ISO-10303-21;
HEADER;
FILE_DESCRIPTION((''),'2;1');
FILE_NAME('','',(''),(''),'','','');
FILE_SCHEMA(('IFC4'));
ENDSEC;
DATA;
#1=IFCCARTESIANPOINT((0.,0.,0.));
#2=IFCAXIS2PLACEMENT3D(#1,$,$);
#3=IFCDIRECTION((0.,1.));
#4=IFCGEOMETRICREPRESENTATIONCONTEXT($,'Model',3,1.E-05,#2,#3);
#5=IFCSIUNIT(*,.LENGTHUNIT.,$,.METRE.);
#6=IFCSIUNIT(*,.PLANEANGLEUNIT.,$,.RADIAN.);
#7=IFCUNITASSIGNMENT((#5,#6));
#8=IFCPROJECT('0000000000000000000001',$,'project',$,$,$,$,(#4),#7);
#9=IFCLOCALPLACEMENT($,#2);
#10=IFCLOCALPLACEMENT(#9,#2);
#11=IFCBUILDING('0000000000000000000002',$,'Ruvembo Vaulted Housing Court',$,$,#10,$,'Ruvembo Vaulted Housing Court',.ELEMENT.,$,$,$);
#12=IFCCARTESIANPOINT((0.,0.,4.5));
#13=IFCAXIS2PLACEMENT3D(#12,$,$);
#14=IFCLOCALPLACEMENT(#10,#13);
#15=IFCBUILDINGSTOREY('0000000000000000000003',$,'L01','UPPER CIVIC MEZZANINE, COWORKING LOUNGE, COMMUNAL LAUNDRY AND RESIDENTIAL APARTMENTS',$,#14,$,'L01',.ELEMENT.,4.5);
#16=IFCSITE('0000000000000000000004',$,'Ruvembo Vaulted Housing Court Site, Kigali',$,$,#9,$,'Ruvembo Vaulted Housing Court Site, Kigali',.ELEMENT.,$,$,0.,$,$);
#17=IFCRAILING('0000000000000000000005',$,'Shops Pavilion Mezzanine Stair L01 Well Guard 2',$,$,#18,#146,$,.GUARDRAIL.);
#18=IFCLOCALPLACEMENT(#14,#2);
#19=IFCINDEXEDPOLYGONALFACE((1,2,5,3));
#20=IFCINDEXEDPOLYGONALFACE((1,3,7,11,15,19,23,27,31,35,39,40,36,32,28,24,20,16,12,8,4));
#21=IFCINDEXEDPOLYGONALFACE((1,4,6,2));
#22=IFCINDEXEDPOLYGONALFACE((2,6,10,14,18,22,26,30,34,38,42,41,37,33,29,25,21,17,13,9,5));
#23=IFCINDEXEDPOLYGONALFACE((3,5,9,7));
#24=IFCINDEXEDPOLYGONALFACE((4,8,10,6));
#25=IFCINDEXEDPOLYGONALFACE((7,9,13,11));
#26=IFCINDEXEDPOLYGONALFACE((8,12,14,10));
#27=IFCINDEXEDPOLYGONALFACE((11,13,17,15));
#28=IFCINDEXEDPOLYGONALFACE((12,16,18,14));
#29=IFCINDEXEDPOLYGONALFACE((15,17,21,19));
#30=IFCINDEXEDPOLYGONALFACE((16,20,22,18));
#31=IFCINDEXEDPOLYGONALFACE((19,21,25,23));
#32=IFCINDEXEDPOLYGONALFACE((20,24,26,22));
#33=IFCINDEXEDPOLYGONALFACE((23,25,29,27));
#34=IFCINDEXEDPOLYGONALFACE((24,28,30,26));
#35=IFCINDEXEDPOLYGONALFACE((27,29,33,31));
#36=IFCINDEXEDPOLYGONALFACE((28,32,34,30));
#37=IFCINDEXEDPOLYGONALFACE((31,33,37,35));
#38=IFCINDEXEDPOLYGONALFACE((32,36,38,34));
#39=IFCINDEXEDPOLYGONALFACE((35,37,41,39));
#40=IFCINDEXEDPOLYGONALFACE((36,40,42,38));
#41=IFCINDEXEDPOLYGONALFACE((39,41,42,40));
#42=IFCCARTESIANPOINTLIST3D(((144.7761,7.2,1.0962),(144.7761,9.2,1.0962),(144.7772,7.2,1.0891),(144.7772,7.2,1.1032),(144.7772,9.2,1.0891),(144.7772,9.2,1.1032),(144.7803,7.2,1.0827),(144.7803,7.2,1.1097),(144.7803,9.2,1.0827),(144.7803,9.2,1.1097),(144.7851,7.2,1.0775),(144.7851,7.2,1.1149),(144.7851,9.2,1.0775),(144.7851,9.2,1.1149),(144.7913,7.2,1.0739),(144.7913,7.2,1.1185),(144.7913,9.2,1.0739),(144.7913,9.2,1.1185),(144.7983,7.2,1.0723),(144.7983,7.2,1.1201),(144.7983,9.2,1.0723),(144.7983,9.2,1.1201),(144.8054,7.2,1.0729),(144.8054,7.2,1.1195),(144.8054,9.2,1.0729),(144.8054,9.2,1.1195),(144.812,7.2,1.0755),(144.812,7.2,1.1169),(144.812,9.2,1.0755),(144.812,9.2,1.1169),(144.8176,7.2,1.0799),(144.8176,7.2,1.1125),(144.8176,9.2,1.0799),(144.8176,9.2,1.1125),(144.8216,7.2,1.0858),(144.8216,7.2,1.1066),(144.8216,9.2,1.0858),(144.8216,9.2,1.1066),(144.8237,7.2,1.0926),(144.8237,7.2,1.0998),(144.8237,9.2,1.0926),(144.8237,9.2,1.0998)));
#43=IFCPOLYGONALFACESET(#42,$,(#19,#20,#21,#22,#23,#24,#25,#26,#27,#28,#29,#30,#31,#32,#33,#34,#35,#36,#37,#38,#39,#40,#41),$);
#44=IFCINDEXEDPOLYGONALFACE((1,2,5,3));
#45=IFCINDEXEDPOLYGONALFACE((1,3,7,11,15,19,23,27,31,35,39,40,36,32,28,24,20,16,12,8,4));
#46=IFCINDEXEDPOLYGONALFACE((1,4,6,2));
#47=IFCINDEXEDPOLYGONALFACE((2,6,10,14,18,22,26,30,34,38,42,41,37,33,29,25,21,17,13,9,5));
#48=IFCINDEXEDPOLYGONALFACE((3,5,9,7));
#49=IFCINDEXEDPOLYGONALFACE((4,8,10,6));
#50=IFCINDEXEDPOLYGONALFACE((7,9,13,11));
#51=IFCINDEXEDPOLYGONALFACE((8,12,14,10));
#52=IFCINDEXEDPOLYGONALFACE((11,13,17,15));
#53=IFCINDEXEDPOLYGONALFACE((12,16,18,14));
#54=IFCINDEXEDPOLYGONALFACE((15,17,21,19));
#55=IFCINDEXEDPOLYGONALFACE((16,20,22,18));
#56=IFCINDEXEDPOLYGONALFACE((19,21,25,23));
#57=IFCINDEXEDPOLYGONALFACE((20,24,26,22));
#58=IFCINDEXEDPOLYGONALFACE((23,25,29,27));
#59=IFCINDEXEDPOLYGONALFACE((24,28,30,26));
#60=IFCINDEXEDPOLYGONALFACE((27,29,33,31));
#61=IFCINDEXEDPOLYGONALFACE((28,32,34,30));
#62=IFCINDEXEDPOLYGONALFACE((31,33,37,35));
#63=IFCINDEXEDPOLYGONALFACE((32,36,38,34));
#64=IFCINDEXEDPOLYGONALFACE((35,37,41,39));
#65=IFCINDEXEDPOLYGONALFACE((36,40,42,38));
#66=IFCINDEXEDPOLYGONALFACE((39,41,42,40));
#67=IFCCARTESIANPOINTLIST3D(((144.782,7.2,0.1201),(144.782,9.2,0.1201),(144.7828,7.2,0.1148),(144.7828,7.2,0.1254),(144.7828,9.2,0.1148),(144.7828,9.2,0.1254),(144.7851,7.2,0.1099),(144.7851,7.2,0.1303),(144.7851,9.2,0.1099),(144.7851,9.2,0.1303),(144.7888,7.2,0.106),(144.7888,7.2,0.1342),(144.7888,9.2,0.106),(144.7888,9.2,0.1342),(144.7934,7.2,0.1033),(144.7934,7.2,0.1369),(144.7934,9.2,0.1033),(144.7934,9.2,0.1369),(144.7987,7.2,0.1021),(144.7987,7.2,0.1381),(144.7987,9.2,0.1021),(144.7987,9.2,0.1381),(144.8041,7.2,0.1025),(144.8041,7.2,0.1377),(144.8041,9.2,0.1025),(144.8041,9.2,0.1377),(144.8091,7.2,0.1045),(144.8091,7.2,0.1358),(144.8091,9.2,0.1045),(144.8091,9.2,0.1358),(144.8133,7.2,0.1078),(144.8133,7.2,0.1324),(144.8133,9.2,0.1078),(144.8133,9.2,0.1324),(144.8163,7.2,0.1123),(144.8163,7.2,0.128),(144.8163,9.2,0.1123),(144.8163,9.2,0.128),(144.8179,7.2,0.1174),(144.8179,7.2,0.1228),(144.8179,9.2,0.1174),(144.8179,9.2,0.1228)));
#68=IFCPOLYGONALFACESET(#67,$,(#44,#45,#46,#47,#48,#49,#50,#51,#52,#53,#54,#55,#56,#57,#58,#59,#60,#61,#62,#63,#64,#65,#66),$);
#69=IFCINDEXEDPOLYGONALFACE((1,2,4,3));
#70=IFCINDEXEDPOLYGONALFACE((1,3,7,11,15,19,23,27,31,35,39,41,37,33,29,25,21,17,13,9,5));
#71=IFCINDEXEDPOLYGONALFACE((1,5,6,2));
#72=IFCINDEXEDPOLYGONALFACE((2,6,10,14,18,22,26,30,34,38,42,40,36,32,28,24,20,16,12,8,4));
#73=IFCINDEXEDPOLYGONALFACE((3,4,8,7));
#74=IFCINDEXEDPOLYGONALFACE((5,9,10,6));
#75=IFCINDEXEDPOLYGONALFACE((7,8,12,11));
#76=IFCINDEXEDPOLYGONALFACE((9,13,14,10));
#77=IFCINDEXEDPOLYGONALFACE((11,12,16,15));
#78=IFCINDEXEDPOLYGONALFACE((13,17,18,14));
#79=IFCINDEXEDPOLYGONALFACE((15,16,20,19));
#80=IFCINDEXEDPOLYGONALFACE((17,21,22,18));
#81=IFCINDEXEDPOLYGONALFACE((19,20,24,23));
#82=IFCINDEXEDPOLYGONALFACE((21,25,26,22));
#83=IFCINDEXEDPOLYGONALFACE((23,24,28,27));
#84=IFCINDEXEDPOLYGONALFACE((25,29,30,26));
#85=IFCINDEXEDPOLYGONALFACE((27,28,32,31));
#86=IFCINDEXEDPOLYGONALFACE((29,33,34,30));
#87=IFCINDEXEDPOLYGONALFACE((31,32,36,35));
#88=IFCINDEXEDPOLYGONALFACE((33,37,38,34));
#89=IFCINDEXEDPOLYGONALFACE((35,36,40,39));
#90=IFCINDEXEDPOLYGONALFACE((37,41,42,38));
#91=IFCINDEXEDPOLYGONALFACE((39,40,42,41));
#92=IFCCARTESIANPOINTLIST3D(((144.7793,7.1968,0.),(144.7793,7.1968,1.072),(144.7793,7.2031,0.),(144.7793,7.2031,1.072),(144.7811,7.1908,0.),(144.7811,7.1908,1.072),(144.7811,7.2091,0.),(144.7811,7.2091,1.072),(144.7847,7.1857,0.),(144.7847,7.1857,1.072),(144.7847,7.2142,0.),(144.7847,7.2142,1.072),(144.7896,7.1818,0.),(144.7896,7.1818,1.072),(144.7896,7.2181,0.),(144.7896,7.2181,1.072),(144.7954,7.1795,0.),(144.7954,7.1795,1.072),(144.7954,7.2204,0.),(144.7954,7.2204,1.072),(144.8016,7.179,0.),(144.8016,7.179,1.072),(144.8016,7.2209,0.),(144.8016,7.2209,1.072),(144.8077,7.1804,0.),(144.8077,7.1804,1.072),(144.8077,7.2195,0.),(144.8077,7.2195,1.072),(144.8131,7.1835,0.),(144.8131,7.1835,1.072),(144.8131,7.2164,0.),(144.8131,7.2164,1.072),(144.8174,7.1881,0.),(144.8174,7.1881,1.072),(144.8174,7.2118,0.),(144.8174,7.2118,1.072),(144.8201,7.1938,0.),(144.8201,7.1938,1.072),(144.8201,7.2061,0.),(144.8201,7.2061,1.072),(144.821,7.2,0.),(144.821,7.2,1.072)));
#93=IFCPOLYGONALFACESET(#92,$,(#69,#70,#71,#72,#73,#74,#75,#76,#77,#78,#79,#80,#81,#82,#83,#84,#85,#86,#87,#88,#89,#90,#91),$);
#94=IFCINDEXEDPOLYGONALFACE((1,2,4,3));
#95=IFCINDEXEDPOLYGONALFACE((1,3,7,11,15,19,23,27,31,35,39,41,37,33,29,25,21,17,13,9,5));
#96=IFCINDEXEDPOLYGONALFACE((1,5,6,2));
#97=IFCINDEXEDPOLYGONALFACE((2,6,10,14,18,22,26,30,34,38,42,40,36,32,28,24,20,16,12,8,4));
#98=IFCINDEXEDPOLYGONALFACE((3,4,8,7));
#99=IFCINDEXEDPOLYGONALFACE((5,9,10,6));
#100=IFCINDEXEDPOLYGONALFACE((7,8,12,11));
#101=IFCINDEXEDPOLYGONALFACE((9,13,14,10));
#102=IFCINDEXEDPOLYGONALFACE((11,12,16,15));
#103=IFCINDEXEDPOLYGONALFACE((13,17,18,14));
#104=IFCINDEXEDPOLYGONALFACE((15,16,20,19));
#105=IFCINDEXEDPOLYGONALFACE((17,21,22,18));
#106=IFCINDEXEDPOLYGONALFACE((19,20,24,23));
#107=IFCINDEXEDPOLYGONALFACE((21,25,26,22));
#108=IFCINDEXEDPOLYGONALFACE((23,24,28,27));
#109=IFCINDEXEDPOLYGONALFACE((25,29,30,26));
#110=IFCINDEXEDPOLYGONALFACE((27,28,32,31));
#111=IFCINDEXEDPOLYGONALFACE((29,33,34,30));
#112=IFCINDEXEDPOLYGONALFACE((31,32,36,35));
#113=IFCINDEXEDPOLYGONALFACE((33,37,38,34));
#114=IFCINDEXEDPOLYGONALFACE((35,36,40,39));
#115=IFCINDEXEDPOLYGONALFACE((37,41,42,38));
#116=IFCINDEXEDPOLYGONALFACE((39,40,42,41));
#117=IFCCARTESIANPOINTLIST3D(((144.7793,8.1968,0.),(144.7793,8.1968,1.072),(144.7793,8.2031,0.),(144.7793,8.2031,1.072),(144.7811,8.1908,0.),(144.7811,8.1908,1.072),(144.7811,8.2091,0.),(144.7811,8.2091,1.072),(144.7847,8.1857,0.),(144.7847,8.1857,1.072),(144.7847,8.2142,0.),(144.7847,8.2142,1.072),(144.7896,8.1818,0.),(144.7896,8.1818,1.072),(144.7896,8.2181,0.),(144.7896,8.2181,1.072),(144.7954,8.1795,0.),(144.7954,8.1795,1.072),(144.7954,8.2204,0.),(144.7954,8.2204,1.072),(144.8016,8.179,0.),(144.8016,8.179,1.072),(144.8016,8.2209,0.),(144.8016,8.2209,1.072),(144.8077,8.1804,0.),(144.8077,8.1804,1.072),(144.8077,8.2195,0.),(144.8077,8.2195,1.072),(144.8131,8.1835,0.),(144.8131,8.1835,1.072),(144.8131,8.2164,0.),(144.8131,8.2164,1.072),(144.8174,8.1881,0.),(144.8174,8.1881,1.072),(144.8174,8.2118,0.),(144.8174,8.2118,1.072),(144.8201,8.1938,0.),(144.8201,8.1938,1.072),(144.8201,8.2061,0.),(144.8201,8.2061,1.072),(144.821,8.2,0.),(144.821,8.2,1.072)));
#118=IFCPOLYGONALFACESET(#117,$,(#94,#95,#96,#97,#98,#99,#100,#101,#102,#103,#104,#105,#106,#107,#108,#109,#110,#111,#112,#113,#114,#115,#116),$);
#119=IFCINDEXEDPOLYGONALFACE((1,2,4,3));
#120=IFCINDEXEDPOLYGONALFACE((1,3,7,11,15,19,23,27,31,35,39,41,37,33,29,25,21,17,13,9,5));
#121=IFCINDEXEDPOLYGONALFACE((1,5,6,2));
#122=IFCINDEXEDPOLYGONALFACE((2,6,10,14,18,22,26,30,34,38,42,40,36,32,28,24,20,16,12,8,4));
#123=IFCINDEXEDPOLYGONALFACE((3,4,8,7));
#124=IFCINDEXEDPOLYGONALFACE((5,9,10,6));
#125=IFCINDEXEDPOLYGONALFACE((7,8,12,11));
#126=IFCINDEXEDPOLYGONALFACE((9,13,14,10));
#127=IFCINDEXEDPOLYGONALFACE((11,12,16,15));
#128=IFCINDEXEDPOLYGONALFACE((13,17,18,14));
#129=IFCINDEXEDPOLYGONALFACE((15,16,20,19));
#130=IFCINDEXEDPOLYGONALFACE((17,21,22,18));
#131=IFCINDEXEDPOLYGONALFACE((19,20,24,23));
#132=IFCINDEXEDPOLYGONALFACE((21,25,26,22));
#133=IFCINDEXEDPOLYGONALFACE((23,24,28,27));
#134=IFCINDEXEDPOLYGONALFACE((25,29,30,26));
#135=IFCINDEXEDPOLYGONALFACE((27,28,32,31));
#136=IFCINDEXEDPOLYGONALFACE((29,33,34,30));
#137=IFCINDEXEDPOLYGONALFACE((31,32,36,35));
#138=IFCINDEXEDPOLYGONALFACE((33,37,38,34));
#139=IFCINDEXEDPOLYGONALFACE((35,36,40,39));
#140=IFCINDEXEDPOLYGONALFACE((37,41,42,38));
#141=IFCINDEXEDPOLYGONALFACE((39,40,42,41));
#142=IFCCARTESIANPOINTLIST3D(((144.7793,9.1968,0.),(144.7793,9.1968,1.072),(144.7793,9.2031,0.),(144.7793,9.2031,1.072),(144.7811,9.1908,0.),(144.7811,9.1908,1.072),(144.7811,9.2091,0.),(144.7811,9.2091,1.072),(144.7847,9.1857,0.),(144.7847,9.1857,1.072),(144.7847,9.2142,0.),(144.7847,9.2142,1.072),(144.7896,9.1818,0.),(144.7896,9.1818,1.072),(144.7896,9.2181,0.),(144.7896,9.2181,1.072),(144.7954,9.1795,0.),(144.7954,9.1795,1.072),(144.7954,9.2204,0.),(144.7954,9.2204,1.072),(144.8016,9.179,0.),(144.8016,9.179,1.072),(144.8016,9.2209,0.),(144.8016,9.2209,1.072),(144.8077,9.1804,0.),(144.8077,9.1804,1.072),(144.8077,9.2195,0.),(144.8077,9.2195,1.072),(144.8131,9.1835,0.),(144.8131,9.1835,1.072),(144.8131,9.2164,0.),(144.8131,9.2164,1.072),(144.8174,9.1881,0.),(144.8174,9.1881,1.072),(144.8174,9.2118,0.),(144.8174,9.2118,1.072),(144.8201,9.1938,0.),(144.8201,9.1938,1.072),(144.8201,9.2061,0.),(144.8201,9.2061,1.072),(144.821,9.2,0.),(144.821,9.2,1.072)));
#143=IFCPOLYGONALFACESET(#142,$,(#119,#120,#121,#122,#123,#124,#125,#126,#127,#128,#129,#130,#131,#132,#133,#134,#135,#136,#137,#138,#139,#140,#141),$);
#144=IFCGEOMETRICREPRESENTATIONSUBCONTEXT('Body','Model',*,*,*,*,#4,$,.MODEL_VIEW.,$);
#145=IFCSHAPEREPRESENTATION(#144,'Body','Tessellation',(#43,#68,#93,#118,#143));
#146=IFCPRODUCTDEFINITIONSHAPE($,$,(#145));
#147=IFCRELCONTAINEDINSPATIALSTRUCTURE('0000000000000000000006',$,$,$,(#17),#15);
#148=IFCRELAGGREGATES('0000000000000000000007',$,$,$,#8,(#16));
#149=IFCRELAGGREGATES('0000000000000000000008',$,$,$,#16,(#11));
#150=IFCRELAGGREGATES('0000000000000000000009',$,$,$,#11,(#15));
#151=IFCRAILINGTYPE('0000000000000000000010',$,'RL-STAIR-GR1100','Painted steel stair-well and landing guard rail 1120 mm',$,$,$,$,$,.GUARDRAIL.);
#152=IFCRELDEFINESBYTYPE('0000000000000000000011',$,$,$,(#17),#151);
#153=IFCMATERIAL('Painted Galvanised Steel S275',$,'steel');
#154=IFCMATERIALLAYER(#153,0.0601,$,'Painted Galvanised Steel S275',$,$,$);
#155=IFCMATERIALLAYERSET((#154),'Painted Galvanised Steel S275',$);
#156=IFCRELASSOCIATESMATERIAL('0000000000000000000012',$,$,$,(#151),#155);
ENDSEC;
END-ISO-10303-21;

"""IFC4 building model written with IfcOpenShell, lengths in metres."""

from ifc_helpers import new_model, si_unit, direction, frame, origin, origin_2d, place, context, subcontext, project, spatial, circle, extrude, material, layer, layer_set, type_object, element, save


model = new_model("IFC4")

# Units and contexts
model_context = context("Model", 3, precision=1e-05, world=origin(), true_north=direction((0.0, 1.0)))
body_context = subcontext(model_context, "Body", "Model", "MODEL_VIEW")
ifc_project = project(units=[si_unit("LENGTHUNIT", "METRE"), si_unit("PLANEANGLEUNIT", "RADIAN")], contexts=[model_context])

# Site, building, storey
site_placement = place(None, origin())
site = spatial("IfcSite", under=ifc_project, at=site_placement, Name="Ruvembo Vaulted Housing Court Site, Kigali", LongName="Ruvembo Vaulted Housing Court Site, Kigali", CompositionType="ELEMENT", RefElevation=0.0)
building_placement = place(site_placement, origin())
building = spatial("IfcBuilding", under=site, at=building_placement, Name="Ruvembo Vaulted Housing Court", LongName="Ruvembo Vaulted Housing Court", CompositionType="ELEMENT")
storey_placement = place(building_placement, frame((0.0, 0.0, 4.5)))
storey = spatial("IfcBuildingStorey", under=building, at=storey_placement, Name="L01", Description="UPPER CIVIC MEZZANINE, COWORKING LOUNGE, COMMUNAL LAUNDRY AND RESIDENTIAL APARTMENTS", LongName="L01", CompositionType="ELEMENT", Elevation=4.5)

# Railing
ifc_material_1 = material(Name="Painted Galvanised Steel S275", Category="steel")
ifc_layer_1 = layer(ifc_material_1, 0.0601, Name="Painted Galvanised Steel S275")
ifc_layer_set_1 = layer_set([ifc_layer_1], Name="Painted Galvanised Steel S275")
railing_type = type_object("IfcRailingType", Name="RL-STAIR-GR1100", Description="Painted steel stair-well and landing guard rail 1120 mm", PredefinedType="GUARDRAIL", material=ifc_layer_set_1)
railing_1_placement = place(storey_placement, frame((144.8, 7.2, 0.0)))
element("IfcRailing", 1, at=railing_1_placement, inside=storey, type_object=railing_type, Name="Shops Pavilion Mezzanine Stair L01 Well Guard 2", PredefinedType="GUARDRAIL", context=body_context, shape_type="SweptSolid", body=[
    extrude(circle(Radius=0.0239, at=origin_2d()), frame((0.0, 0.0, 1.0962), z_axis=(0.0, 1.0, 0.0), x_axis=(-1.0, 0.0, 0.0)), (0.0, 0.0, 1.0), 2.0),
    extrude(circle(Radius=0.0181, at=origin_2d()), frame((0.0, 0.0, 0.1201), z_axis=(0.0, 1.0, 0.0), x_axis=(-1.0, 0.0, 0.0)), (0.0, 0.0, 1.0), 2.0),
    extrude(circle(Radius=0.021, at=origin_2d()), origin(), (0.0, 0.0, 1.0), 1.072),
    extrude(circle(Radius=0.021, at=origin_2d()), frame((0.0, 1.0, 0.0)), (0.0, 0.0, 1.0), 1.072),
    extrude(circle(Radius=0.021, at=origin_2d()), frame((0.0, 2.0, 0.0)), (0.0, 0.0, 1.0), 1.072),
])

save(model, "model.ifc")
